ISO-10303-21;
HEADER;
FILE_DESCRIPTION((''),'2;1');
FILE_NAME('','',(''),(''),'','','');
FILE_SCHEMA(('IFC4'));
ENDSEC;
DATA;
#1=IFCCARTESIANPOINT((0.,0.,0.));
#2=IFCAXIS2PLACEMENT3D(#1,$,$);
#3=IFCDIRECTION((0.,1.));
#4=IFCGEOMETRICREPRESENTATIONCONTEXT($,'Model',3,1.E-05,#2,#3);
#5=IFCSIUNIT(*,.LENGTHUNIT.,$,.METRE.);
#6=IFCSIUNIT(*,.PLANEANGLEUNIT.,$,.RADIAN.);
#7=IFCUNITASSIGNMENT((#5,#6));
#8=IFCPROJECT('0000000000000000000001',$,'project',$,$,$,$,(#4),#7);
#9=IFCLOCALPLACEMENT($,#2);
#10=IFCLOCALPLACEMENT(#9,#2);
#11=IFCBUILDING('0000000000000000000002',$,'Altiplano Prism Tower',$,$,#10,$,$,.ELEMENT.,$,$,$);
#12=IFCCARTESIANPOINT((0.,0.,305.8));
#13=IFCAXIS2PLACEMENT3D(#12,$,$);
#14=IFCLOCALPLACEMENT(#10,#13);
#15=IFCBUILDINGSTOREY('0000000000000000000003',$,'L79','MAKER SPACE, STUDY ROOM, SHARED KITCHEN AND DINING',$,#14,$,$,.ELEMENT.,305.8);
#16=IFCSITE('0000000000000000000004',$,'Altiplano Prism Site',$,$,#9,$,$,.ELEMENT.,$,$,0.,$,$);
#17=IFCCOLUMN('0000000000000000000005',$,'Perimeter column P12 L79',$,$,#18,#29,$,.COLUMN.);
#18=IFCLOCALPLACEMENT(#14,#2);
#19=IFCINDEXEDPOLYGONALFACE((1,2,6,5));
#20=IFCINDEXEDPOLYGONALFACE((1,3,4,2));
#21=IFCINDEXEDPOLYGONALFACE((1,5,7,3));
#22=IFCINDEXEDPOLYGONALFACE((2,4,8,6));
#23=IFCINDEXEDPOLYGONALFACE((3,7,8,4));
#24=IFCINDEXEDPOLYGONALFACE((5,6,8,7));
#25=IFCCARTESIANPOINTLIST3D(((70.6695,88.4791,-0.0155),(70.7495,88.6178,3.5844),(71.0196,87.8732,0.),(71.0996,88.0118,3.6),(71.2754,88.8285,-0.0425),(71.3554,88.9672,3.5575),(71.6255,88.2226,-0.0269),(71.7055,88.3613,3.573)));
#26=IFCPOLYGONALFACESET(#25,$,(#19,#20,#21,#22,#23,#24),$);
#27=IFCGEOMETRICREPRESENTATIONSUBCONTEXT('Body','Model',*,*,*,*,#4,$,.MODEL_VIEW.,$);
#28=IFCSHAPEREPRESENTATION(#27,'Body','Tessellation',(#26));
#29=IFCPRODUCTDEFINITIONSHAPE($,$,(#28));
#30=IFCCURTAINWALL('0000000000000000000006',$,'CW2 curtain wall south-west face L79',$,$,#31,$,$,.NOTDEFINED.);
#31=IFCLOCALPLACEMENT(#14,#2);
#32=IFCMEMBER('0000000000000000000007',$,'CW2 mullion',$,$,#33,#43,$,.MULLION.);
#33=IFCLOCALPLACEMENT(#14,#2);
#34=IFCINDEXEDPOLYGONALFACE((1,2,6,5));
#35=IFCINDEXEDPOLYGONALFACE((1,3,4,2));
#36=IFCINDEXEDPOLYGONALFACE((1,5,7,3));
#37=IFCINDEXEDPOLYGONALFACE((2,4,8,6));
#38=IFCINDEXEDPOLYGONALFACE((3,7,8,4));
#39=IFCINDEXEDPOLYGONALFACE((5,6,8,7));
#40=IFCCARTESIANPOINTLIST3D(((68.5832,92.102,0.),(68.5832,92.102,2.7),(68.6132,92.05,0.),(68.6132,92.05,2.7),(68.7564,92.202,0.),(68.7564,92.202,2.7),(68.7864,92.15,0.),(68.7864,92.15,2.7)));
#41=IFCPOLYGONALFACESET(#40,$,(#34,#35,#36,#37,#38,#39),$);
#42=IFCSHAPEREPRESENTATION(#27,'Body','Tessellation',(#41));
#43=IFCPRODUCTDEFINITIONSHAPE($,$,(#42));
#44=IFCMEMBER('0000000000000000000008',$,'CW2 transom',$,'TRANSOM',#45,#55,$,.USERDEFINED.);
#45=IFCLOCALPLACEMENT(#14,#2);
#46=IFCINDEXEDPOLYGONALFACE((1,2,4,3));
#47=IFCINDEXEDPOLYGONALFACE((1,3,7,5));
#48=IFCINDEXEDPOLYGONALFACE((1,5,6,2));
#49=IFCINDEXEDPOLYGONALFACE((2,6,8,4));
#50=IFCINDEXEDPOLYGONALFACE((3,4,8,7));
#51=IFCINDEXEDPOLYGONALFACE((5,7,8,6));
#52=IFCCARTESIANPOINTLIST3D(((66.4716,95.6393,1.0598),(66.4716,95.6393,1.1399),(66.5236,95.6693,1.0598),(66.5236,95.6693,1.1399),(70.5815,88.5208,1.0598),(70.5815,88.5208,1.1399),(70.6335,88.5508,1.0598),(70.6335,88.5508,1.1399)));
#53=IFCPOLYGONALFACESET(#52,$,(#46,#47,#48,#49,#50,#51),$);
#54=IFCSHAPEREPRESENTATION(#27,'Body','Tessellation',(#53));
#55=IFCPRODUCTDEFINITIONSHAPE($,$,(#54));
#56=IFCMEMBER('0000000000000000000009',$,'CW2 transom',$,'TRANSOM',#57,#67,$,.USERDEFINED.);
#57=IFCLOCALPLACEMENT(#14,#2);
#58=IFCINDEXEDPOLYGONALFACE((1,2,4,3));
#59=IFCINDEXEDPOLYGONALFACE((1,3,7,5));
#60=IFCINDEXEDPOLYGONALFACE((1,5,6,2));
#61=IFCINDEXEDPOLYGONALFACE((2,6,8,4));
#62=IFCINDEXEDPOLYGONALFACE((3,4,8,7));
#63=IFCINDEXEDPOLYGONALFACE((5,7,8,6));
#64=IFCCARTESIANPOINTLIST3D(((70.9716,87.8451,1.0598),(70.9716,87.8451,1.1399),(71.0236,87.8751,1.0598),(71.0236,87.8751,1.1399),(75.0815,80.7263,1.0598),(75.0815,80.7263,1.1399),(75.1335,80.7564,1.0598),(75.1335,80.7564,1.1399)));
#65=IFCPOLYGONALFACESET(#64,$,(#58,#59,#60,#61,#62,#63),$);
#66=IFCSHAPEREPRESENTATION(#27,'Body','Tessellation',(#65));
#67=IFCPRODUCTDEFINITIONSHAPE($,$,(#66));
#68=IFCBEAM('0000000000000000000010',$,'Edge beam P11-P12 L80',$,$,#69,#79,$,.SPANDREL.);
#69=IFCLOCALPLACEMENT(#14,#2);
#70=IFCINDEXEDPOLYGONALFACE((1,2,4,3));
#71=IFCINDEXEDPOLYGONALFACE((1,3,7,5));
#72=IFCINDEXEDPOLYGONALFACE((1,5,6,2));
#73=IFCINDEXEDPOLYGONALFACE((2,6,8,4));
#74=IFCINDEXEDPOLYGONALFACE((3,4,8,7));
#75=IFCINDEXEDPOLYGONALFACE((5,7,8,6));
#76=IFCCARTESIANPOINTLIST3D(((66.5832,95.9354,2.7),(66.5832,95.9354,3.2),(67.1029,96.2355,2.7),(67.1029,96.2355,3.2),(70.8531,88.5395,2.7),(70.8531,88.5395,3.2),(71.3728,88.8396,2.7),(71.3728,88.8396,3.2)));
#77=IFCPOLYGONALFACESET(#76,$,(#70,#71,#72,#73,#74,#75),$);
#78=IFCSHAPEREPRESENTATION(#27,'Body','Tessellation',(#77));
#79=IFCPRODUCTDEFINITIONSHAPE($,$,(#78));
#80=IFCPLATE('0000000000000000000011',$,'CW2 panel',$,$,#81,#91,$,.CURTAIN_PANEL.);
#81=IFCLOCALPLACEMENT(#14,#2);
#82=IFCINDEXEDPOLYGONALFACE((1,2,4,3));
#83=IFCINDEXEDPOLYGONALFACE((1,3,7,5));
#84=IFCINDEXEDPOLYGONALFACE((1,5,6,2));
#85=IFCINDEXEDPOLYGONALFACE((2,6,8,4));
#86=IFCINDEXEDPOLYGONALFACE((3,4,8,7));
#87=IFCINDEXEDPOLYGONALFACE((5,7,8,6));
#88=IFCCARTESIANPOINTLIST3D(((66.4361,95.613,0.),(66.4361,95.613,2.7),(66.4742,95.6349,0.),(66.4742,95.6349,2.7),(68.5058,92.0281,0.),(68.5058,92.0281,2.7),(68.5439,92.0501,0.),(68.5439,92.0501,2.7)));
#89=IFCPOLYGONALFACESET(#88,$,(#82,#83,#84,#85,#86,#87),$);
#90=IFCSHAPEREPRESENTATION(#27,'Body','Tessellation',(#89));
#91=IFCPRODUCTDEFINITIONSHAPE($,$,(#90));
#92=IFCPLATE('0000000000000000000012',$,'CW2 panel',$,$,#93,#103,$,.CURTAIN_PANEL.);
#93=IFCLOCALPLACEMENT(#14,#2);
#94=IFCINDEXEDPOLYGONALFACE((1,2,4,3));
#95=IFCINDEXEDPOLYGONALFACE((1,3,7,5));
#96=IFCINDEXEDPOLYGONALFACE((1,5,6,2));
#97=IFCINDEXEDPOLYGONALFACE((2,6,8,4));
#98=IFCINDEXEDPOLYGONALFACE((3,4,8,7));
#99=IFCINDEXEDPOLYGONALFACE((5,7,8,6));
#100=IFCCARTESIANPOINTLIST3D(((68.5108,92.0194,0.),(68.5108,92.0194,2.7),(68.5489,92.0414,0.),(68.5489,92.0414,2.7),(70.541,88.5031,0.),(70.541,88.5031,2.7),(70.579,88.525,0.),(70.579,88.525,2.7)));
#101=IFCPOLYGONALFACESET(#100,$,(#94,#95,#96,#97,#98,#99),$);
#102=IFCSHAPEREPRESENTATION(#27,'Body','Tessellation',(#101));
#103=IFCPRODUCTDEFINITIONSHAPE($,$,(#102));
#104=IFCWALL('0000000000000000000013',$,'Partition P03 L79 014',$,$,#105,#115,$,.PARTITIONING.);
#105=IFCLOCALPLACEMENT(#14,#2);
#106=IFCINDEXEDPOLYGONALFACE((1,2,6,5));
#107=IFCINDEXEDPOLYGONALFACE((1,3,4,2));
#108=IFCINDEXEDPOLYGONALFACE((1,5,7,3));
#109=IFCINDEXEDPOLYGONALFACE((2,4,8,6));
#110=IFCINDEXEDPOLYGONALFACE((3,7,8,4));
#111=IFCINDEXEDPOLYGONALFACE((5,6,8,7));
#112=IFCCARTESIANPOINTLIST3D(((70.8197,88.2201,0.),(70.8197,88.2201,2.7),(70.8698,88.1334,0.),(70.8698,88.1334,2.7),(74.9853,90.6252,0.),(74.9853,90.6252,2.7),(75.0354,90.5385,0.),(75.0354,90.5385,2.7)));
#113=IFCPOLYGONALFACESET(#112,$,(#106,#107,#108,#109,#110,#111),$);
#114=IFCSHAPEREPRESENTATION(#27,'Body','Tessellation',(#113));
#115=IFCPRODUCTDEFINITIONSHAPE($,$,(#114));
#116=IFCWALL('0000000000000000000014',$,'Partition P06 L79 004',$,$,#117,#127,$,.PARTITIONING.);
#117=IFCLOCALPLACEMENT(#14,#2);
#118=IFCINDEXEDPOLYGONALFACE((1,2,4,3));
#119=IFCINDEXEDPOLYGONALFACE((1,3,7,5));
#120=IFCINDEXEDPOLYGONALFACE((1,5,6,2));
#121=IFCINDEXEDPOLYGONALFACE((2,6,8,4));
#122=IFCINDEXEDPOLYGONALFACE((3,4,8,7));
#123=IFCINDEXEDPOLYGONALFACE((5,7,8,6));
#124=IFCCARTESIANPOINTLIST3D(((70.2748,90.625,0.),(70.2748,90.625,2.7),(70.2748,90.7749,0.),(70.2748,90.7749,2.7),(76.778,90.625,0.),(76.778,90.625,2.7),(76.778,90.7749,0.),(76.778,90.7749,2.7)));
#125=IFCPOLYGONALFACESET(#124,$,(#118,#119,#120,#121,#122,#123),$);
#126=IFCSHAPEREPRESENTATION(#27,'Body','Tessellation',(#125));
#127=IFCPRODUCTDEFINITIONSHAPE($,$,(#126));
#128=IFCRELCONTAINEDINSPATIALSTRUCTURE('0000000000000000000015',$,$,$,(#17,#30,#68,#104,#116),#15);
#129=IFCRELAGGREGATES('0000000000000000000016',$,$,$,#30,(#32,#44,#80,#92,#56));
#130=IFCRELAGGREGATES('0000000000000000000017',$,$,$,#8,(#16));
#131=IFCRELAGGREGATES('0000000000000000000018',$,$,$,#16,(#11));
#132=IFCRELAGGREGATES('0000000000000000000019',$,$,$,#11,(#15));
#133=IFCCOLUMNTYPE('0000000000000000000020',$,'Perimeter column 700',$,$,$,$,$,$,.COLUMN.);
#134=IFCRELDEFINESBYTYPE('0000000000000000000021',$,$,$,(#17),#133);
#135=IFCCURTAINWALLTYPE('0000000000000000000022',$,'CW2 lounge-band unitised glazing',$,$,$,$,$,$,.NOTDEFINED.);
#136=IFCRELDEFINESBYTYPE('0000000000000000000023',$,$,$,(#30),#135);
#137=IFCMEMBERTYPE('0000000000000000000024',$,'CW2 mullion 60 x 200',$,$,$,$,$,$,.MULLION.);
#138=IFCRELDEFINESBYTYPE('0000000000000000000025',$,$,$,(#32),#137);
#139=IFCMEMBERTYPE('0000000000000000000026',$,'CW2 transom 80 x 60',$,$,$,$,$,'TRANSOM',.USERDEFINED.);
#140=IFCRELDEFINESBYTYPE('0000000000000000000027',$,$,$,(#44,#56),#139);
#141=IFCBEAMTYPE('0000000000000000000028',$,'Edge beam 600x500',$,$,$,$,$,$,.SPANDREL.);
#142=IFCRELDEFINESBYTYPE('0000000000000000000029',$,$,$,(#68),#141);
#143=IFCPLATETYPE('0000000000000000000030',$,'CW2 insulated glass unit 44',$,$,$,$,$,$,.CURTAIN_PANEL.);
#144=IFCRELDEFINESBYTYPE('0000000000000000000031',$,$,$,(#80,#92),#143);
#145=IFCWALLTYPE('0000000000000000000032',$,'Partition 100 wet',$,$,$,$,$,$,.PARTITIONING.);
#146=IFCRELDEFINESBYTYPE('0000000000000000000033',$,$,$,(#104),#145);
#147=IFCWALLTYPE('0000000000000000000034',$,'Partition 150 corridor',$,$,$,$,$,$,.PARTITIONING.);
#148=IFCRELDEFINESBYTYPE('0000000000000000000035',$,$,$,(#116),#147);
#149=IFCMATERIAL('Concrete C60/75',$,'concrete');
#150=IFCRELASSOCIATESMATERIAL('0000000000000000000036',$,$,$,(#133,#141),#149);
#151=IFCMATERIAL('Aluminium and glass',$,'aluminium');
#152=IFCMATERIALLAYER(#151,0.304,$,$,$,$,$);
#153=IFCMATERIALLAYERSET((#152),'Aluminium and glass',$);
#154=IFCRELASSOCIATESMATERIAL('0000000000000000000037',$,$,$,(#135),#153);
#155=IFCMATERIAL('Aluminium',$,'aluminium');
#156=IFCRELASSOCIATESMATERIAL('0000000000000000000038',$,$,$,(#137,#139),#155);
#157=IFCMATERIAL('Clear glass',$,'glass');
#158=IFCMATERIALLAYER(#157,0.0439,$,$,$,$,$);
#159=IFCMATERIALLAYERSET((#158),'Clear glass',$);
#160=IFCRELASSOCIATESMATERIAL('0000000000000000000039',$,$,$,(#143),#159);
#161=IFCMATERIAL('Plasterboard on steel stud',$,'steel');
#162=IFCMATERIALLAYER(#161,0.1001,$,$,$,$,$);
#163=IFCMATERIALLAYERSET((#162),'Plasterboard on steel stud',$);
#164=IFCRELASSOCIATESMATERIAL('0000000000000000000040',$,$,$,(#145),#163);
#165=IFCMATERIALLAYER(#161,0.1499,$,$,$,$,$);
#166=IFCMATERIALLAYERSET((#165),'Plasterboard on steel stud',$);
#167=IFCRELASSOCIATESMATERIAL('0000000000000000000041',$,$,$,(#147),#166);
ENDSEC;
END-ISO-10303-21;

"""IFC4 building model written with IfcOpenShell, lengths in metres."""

from ifc_helpers import new_model, si_unit, direction, frame, frame_2d, origin, origin_2d, place, context, subcontext, project, spatial, rectangle, extrude, material, layer, layer_set, material_profile, profile_set, type_object, element, aggregate, save


model = new_model("IFC4")

# Units and contexts
model_context = context("Model", 3, precision=1e-05, world=origin(), true_north=direction((0.0, 1.0)))
body_context = subcontext(model_context, "Body", "Model", "MODEL_VIEW")
ifc_project = project(units=[si_unit("LENGTHUNIT", "METRE"), si_unit("PLANEANGLEUNIT", "RADIAN")], contexts=[model_context])

# Site, building, storey
site_placement = place(None, origin())
site = spatial("IfcSite", under=ifc_project, at=site_placement, Name="Altiplano Prism Site", CompositionType="ELEMENT", RefElevation=0.0)
building_placement = place(site_placement, origin())
building = spatial("IfcBuilding", under=site, at=building_placement, Name="Altiplano Prism Tower", CompositionType="ELEMENT")
storey_placement = place(building_placement, frame((0.0, 0.0, 305.8)))
storey = spatial("IfcBuildingStorey", under=building, at=storey_placement, Name="L79", Description="MAKER SPACE, STUDY ROOM, SHARED KITCHEN AND DINING", CompositionType="ELEMENT", Elevation=305.8)

# Column
ifc_material_1 = material(Name="Concrete C60/75", Category="concrete")
ifc_material_profile_1 = material_profile(ifc_material_1, rectangle(XDim=0.7, YDim=0.7, at=origin_2d()), Name="Perimeter column 700")
ifc_profile_set_1 = profile_set([ifc_material_profile_1], Name="Concrete C60/75")
column_type = type_object("IfcColumnType", Name="Perimeter column 700", PredefinedType="COLUMN", material=ifc_profile_set_1)
column_placement = place(storey_placement, frame((71.1475, 88.3508, -0.0212), z_axis=(0.022223, 0.038483, 0.999012), x_axis=(-0.865638, -0.499189, 0.038485)))
element("IfcColumn", 1, at=column_placement, inside=storey, type_object=column_type, Name="Perimeter column P12 L79", PredefinedType="COLUMN", context=body_context, shape_type="SweptSolid", body=[
    extrude(rectangle(XDim=0.7, YDim=0.7, at=origin_2d()), origin(), (0.0, 0.0, 1.0), 3.6035),
])

# Curtain wall, members
ifc_material_2 = material(Name="Aluminium and glass", Category="aluminium")
ifc_layer_1 = layer(ifc_material_2, 0.304)
ifc_layer_set_1 = layer_set([ifc_layer_1], Name="Aluminium and glass")
curtain_wall_type = type_object("IfcCurtainWallType", Name="CW2 lounge-band unitised glazing", PredefinedType="NOTDEFINED", material=ifc_layer_set_1)
curtain_wall_placement = place(storey_placement, origin())
curtain_wall = element("IfcCurtainWall", 2, at=curtain_wall_placement, inside=storey, type_object=curtain_wall_type, Name="CW2 curtain wall south-west face L79", PredefinedType="NOTDEFINED")
ifc_material_3 = material(Name="Aluminium", Category="aluminium")
ifc_material_profile_2 = material_profile(ifc_material_3, rectangle(XDim=0.2, YDim=0.0601, at=origin_2d()), Name="CW2 mullion 60 x 200")
ifc_profile_set_2 = profile_set([ifc_material_profile_2], Name="Aluminium")
member_type_1 = type_object("IfcMemberType", Name="CW2 mullion 60 x 200", PredefinedType="MULLION", material=ifc_profile_set_2)
member_1_placement = place(storey_placement, frame((68.6848, 92.126, 0.0), z_axis=(0.0, 0.0, 1.0), x_axis=(0.866025, 0.5, 0.0)))
member_1 = element("IfcMember", 3, at=member_1_placement, type_object=member_type_1, Name="CW2 mullion", PredefinedType="MULLION", context=body_context, shape_type="SweptSolid", body=[
    extrude(rectangle(XDim=0.2, YDim=0.0601, at=origin_2d()), origin(), (0.0, 0.0, 1.0), 2.7),
])
ifc_material_profile_3 = material_profile(ifc_material_3, rectangle(XDim=0.0601, YDim=0.0801, at=origin_2d()), Name="CW2 transom 80 x 60")
ifc_profile_set_3 = profile_set([ifc_material_profile_3], Name="Aluminium")
member_type_2 = type_object("IfcMemberType", Name="CW2 transom 80 x 60", ElementType="TRANSOM", PredefinedType="USERDEFINED", material=ifc_profile_set_3)
member_2_placement = place(storey_placement, frame((66.4976, 95.6543, 1.0999), z_axis=(0.500004, -0.866023, 0.0), x_axis=(0.866023, 0.500004, 0.0)))
member_2 = element("IfcMember", 4, at=member_2_placement, type_object=member_type_2, Name="CW2 transom", ObjectType="TRANSOM", PredefinedType="USERDEFINED", context=body_context, shape_type="SweptSolid", body=[
    extrude(rectangle(XDim=0.0601, YDim=0.0801, at=origin_2d()), origin(), (0.0, 0.0, 1.0), 8.2197),
])
member_3_placement = place(storey_placement, frame((70.9976, 87.8601, 1.0999), z_axis=(0.499992, -0.86603, 0.0), x_axis=(0.86603, 0.499992, 0.0)))
member_3 = element("IfcMember", 5, at=member_3_placement, type_object=member_type_2, Name="CW2 transom", ObjectType="TRANSOM", PredefinedType="USERDEFINED", context=body_context, shape_type="SweptSolid", body=[
    extrude(rectangle(XDim=0.0601, YDim=0.0801, at=origin_2d()), origin(), (0.0, 0.0, 1.0), 8.22),
])

# Beam
ifc_material_profile_4 = material_profile(ifc_material_1, rectangle(XDim=0.6001, YDim=0.5, at=origin_2d()), Name="Edge beam 600x500")
ifc_profile_set_4 = profile_set([ifc_material_profile_4], Name="Concrete C60/75")
beam_type = type_object("IfcBeamType", Name="Edge beam 600x500", PredefinedType="SPANDREL", material=ifc_profile_set_4)
beam_placement = place(storey_placement, frame((66.843, 96.0854, 2.95), z_axis=(0.499995, -0.866028, 0.0), x_axis=(0.866028, 0.499995, 0.0)))
element("IfcBeam", 6, at=beam_placement, inside=storey, type_object=beam_type, Name="Edge beam P11-P12 L80", PredefinedType="SPANDREL", context=body_context, shape_type="SweptSolid", body=[
    extrude(rectangle(XDim=0.6001, YDim=0.5, at=origin_2d()), origin(), (0.0, 0.0, 1.0), 8.54),
])

# Plates
ifc_material_4 = material(Name="Clear glass", Category="glass")
ifc_layer_2 = layer(ifc_material_4, 0.0439)
ifc_layer_set_2 = layer_set([ifc_layer_2], Name="Clear glass")
plate_type = type_object("IfcPlateType", Name="CW2 insulated glass unit 44", PredefinedType="CURTAIN_PANEL", material=ifc_layer_set_2)
plate_1_placement = place(storey_placement, frame((67.49, 93.8315, 0.0), z_axis=(0.0, 0.0, 1.0), x_axis=(0.5, -0.866025, 0.0)))
plate_1 = element("IfcPlate", 7, at=plate_1_placement, type_object=plate_type, Name="CW2 panel", PredefinedType="CURTAIN_PANEL", context=body_context, shape_type="SweptSolid", body=[
    extrude(rectangle(XDim=4.1394, YDim=0.0439, at=origin_2d()), origin(), (0.0, 0.0, 1.0), 2.7),
])
plate_2_placement = place(storey_placement, frame((69.5449, 90.2722, 0.0), z_axis=(0.0, 0.0, 1.0), x_axis=(0.5, -0.866025, 0.0)))
plate_2 = element("IfcPlate", 8, at=plate_2_placement, type_object=plate_type, Name="CW2 panel", PredefinedType="CURTAIN_PANEL", context=body_context, shape_type="SweptSolid", body=[
    extrude(rectangle(XDim=4.0603, YDim=0.0439, at=origin_2d()), origin(), (0.0, 0.0, 1.0), 2.7),
])
aggregate(curtain_wall, [member_1, member_2, plate_1, plate_2, member_3])

# Walls
ifc_material_5 = material(Name="Plasterboard on steel stud", Category="steel")
ifc_layer_3 = layer(ifc_material_5, 0.1001)
ifc_layer_set_3 = layer_set([ifc_layer_3], Name="Plasterboard on steel stud")
wall_type_1 = type_object("IfcWallType", Name="Partition 100 wet", PredefinedType="PARTITIONING", material=ifc_layer_set_3)
wall_1_placement = place(storey_placement, frame((70.8447, 88.1768, 0.0), z_axis=(0.0, 0.0, 1.0), x_axis=(0.86602, 0.50001, 0.0)))
element("IfcWall", 9, at=wall_1_placement, inside=storey, type_object=wall_type_1, Name="Partition P03 L79 014", PredefinedType="PARTITIONING", context=body_context, shape_type="SweptSolid", body=[
    extrude(rectangle(XDim=4.8101, YDim=0.1001, at=frame_2d((2.405, 0.0))), origin(), (0.0, 0.0, 1.0), 2.7),
])
ifc_layer_4 = layer(ifc_material_5, 0.1499)
ifc_layer_set_4 = layer_set([ifc_layer_4], Name="Plasterboard on steel stud")
wall_type_2 = type_object("IfcWallType", Name="Partition 150 corridor", PredefinedType="PARTITIONING", material=ifc_layer_set_4)
wall_2_placement = place(storey_placement, frame((70.2749, 90.7, 0.0), z_axis=(0.0, 0.0, 1.0), x_axis=(1.0, 0.0, 0.0)))
element("IfcWall", 10, at=wall_2_placement, inside=storey, type_object=wall_type_2, Name="Partition P06 L79 004", PredefinedType="PARTITIONING", context=body_context, shape_type="SweptSolid", body=[
    extrude(rectangle(XDim=6.5032, YDim=0.1499, at=frame_2d((3.2515, 0.0))), origin(), (0.0, 0.0, 1.0), 2.7),
])

save(model, "model.ifc")
